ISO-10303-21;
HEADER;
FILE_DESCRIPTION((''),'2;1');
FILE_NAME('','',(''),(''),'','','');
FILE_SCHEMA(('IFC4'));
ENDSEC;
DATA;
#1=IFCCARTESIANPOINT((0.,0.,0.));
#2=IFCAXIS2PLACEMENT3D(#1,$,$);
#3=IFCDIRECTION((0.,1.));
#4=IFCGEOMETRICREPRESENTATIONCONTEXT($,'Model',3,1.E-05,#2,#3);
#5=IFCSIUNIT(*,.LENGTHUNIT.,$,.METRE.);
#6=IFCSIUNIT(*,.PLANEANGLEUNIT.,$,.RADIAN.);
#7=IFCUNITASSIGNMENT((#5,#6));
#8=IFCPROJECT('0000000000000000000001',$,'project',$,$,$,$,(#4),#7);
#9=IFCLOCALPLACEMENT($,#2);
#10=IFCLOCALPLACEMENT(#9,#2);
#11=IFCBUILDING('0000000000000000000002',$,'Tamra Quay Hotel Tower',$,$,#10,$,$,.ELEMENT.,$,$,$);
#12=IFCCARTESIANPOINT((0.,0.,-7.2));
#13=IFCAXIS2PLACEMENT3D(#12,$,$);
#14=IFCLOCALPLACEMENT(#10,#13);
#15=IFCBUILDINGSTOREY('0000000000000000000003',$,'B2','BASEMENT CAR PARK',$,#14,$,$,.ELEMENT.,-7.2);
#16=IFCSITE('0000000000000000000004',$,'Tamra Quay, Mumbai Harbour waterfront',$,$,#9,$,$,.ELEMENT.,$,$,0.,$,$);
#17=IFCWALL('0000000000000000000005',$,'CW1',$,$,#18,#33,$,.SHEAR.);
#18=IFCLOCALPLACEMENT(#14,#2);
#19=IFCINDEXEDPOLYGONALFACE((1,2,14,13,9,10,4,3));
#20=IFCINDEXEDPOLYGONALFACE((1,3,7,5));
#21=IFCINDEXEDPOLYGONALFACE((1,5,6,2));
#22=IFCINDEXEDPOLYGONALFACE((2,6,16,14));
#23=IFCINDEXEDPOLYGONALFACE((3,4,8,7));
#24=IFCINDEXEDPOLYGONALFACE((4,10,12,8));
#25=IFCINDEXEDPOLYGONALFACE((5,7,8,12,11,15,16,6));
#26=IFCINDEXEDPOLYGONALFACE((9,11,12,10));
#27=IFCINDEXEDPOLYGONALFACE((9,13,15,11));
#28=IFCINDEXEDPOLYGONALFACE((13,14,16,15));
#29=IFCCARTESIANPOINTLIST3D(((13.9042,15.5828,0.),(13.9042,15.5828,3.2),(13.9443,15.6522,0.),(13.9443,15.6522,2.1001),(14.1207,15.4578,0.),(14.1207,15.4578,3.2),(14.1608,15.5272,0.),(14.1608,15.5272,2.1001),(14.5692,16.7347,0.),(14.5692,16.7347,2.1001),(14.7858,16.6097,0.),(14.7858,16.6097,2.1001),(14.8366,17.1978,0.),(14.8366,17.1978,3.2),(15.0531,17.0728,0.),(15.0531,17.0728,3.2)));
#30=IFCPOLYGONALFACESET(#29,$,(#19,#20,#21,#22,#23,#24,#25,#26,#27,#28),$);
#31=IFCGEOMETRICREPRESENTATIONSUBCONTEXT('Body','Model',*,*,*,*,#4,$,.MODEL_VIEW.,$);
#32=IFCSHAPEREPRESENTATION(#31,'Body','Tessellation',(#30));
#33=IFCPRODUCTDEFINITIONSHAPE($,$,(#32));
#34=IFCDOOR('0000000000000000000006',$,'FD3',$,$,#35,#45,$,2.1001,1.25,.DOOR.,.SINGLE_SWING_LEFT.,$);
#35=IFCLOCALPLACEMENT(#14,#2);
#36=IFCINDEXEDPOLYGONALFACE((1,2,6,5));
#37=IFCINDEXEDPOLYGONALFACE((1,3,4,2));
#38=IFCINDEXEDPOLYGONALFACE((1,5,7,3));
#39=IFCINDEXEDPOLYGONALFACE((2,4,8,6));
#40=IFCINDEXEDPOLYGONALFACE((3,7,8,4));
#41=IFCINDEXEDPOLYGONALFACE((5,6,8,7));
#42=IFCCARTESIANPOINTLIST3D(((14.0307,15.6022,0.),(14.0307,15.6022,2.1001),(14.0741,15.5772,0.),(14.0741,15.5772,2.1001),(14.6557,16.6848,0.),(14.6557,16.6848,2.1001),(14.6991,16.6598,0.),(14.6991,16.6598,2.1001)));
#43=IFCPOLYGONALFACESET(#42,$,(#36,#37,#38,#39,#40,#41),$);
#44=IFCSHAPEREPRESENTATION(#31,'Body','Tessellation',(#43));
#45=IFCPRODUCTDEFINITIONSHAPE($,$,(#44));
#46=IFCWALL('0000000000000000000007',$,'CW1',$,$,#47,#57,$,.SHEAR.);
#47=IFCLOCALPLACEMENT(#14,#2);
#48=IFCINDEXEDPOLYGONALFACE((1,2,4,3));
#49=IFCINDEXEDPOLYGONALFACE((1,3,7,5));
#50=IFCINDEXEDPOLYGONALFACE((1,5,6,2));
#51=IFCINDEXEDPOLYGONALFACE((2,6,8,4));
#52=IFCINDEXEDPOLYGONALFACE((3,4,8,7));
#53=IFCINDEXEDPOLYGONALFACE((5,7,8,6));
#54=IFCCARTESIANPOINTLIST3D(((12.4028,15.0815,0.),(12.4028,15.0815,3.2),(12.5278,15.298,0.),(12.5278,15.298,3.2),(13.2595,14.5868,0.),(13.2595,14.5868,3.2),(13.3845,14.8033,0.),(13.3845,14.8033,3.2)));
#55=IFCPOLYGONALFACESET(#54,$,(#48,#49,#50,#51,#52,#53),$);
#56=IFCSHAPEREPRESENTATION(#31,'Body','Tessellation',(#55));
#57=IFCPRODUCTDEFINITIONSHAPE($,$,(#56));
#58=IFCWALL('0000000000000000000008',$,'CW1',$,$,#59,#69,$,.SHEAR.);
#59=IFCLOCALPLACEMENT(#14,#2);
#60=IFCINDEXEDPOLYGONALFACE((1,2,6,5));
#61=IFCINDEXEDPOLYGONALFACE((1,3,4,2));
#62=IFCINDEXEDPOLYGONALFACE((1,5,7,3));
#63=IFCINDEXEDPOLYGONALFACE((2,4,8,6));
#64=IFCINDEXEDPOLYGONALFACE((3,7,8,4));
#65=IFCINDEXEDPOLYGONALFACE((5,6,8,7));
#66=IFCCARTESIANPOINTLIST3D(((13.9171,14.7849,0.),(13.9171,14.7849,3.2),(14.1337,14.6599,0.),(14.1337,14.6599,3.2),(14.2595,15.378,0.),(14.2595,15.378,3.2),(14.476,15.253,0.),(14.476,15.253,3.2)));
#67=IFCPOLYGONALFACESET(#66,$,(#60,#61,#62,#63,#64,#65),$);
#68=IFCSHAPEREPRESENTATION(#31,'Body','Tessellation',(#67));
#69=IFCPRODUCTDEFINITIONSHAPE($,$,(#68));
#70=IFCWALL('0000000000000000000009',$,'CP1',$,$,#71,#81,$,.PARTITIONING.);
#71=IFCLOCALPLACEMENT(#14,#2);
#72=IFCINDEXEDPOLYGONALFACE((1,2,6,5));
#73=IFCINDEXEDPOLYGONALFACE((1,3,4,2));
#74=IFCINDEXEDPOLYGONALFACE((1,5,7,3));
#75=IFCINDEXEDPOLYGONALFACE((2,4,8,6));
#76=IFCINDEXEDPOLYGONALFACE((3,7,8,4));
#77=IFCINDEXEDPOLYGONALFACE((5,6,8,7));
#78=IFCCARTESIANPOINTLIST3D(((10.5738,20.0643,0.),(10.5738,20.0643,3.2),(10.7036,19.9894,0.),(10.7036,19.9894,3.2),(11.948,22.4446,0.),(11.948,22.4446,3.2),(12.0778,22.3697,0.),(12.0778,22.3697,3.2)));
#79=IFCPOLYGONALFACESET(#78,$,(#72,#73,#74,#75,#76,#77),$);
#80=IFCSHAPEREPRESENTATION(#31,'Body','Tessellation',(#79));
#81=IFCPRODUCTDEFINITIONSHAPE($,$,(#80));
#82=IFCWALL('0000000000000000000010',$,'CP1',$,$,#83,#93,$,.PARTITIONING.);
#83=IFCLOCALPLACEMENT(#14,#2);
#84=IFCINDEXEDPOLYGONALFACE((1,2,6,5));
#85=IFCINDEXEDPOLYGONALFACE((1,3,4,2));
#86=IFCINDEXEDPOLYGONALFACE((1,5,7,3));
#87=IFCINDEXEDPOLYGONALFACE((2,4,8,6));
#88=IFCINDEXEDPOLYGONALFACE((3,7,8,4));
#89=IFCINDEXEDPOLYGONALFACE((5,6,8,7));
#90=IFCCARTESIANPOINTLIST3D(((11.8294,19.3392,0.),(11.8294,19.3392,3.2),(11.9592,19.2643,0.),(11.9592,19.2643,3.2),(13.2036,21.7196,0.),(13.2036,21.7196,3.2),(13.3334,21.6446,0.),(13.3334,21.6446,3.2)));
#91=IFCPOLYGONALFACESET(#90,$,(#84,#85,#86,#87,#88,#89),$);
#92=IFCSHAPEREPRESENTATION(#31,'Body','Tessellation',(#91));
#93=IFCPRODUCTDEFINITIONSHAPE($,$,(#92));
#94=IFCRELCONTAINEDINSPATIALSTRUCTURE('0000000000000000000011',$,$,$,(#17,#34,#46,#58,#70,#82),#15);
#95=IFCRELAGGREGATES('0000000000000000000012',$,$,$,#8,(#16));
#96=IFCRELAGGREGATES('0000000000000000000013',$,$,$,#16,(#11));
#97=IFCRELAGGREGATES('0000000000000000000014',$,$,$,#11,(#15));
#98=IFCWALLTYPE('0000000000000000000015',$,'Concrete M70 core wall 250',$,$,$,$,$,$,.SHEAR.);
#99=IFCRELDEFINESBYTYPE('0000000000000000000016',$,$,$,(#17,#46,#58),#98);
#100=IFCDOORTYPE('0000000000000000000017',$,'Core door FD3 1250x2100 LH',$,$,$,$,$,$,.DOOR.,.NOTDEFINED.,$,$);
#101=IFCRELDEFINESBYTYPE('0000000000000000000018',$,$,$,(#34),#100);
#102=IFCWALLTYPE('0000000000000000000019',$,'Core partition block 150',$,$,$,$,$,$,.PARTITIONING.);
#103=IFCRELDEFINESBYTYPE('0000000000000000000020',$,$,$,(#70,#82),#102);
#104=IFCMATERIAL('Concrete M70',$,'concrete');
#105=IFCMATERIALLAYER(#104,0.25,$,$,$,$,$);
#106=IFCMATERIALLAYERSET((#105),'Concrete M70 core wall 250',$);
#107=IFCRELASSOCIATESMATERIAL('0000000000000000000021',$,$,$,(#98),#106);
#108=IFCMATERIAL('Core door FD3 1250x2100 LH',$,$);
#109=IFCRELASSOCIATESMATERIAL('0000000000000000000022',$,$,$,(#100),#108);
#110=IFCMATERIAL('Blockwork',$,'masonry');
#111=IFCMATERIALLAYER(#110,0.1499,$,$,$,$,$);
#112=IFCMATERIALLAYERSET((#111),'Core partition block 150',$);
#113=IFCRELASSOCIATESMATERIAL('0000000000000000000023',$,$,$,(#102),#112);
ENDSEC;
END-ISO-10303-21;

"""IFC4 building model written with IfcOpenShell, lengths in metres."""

from ifc_helpers import new_model, si_unit, direction, frame, frame_2d, origin, place, context, subcontext, project, spatial, rectangle, extrude, material, layer, layer_set, type_object, element, fill, save


model = new_model("IFC4")

# Units and contexts
model_context = context("Model", 3, precision=1e-05, world=origin(), true_north=direction((0.0, 1.0)))
body_context = subcontext(model_context, "Body", "Model", "MODEL_VIEW")
ifc_project = project(units=[si_unit("LENGTHUNIT", "METRE"), si_unit("PLANEANGLEUNIT", "RADIAN")], contexts=[model_context])

# Site, building, storey
site_placement = place(None, origin())
site = spatial("IfcSite", under=ifc_project, at=site_placement, Name="Tamra Quay, Mumbai Harbour waterfront", CompositionType="ELEMENT", RefElevation=0.0)
building_placement = place(site_placement, origin())
building = spatial("IfcBuilding", under=site, at=building_placement, Name="Tamra Quay Hotel Tower", CompositionType="ELEMENT")
storey_placement = place(building_placement, frame((0.0, 0.0, -7.2)))
storey = spatial("IfcBuildingStorey", under=building, at=storey_placement, Name="B2", Description="BASEMENT CAR PARK", CompositionType="ELEMENT", Elevation=-7.2)

# Shared definitions
ifc_material_1 = material(Name="Concrete M70", Category="concrete")

# Shared definitions
ifc_material_2 = material(Name="Blockwork", Category="masonry")

# Shared definitions
ifc_layer_1 = layer(ifc_material_1, 0.25)
ifc_layer_set_1 = layer_set([ifc_layer_1], Name="Concrete M70 core wall 250")
wall_type_1 = type_object("IfcWallType", Name="Concrete M70 core wall 250", PredefinedType="SHEAR", material=ifc_layer_set_1)

# Wall, opening, door
wall_1_placement = place(storey_placement, frame((14.9448, 17.1353, 0.0), z_axis=(0.0, 0.0, 1.0), x_axis=(-0.499983, -0.866035, 0.0)))
wall_1 = element("IfcWall", 1, at=wall_1_placement, inside=storey, type_object=wall_type_1, Name="CW1", PredefinedType="SHEAR", context=body_context, shape_type="SweptSolid", body=[
    extrude(rectangle(XDim=1.8647, YDim=0.25, at=frame_2d((0.9324, 0.0))), origin(), (0.0, 0.0, 1.0), 3.2),
])
opening_1_placement = place(wall_1_placement, frame((0.5347, 0.0, 0.0)))
opening_1 = element("IfcOpeningElement", 2, at=opening_1_placement, cuts=wall_1, PredefinedType="OPENING", context=body_context, shape_type="SweptSolid", body=[
    extrude(rectangle(XDim=1.25, YDim=2.1001, at=frame_2d((0.625, 1.05))), frame((0.0, 0.135, 0.0), z_axis=(0.0, -1.0, 0.0), x_axis=(1.0, 0.0, 0.0)), (0.0, 0.0, 1.0), 0.27),
])
ifc_material_3 = material(Name="Core door FD3 1250x2100 LH")
door_type_1 = type_object("IfcDoorType", Name="Core door FD3 1250x2100 LH", OperationType="NOTDEFINED", PredefinedType="DOOR", material=ifc_material_3)
door_1_placement = place(opening_1_placement, origin())
door_1 = element("IfcDoor", 3, at=door_1_placement, inside=storey, type_object=door_type_1, Name="FD3", OperationType="SINGLE_SWING_LEFT", OverallHeight=2.1001, OverallWidth=1.25, PredefinedType="DOOR", context=body_context, shape_type="SweptSolid", body=[
    extrude(rectangle(XDim=1.25, YDim=2.1001, at=frame_2d((0.625, 1.05))), frame((0.0, 0.0249, 0.0), z_axis=(0.0, -1.0, 0.0), x_axis=(1.0, 0.0, 0.0)), (0.0, 0.0, 1.0), 0.05),
])
fill(opening_1, door_1)

# Walls
wall_2_placement = place(storey_placement, frame((13.322, 14.6951, 0.0), z_axis=(0.0, 0.0, 1.0), x_axis=(-0.866017, 0.500014, 0.0)))
element("IfcWall", 4, at=wall_2_placement, inside=storey, type_object=wall_type_1, Name="CW1", PredefinedType="SHEAR", context=body_context, shape_type="SweptSolid", body=[
    extrude(rectangle(XDim=0.9893, YDim=0.25, at=frame_2d((0.4946, 0.0))), origin(), (0.0, 0.0, 1.0), 3.2),
])
wall_3_placement = place(storey_placement, frame((14.3677, 15.3154, 0.0), z_axis=(0.0, 0.0, 1.0), x_axis=(-0.499897, -0.866085, 0.0)))
element("IfcWall", 5, at=wall_3_placement, inside=storey, type_object=wall_type_1, Name="CW1", PredefinedType="SHEAR", context=body_context, shape_type="SweptSolid", body=[
    extrude(rectangle(XDim=0.6848, YDim=0.25, at=frame_2d((0.3423, 0.0))), origin(), (0.0, 0.0, 1.0), 3.2),
])
ifc_layer_2 = layer(ifc_material_2, 0.1499)
ifc_layer_set_2 = layer_set([ifc_layer_2], Name="Core partition block 150")
wall_type_2 = type_object("IfcWallType", Name="Core partition block 150", PredefinedType="PARTITIONING", material=ifc_layer_set_2)
for number, where, z_axis, x_axis, name in (
    (6, (10.6387, 20.0269, 0.0), (0.0, 0.0, 1.0), (0.499989, 0.866032, 0.0), "CP1"),
    (7, (11.8943, 19.3018, 0.0), (0.0, 0.0, 1.0), (0.499989, 0.866032, 0.0), "CP1"),
):
    element("IfcWall", number, at=place(storey_placement, frame(where, z_axis=z_axis, x_axis=x_axis)), inside=storey, type_object=wall_type_2, Name=name, PredefinedType="PARTITIONING", context=body_context, shape_type="SweptSolid", body=[
        extrude(rectangle(XDim=2.7485, YDim=0.1499, at=frame_2d((1.3743, 0.0))), origin(), (0.0, 0.0, 1.0), 3.2),
    ])

save(model, "model.ifc")
